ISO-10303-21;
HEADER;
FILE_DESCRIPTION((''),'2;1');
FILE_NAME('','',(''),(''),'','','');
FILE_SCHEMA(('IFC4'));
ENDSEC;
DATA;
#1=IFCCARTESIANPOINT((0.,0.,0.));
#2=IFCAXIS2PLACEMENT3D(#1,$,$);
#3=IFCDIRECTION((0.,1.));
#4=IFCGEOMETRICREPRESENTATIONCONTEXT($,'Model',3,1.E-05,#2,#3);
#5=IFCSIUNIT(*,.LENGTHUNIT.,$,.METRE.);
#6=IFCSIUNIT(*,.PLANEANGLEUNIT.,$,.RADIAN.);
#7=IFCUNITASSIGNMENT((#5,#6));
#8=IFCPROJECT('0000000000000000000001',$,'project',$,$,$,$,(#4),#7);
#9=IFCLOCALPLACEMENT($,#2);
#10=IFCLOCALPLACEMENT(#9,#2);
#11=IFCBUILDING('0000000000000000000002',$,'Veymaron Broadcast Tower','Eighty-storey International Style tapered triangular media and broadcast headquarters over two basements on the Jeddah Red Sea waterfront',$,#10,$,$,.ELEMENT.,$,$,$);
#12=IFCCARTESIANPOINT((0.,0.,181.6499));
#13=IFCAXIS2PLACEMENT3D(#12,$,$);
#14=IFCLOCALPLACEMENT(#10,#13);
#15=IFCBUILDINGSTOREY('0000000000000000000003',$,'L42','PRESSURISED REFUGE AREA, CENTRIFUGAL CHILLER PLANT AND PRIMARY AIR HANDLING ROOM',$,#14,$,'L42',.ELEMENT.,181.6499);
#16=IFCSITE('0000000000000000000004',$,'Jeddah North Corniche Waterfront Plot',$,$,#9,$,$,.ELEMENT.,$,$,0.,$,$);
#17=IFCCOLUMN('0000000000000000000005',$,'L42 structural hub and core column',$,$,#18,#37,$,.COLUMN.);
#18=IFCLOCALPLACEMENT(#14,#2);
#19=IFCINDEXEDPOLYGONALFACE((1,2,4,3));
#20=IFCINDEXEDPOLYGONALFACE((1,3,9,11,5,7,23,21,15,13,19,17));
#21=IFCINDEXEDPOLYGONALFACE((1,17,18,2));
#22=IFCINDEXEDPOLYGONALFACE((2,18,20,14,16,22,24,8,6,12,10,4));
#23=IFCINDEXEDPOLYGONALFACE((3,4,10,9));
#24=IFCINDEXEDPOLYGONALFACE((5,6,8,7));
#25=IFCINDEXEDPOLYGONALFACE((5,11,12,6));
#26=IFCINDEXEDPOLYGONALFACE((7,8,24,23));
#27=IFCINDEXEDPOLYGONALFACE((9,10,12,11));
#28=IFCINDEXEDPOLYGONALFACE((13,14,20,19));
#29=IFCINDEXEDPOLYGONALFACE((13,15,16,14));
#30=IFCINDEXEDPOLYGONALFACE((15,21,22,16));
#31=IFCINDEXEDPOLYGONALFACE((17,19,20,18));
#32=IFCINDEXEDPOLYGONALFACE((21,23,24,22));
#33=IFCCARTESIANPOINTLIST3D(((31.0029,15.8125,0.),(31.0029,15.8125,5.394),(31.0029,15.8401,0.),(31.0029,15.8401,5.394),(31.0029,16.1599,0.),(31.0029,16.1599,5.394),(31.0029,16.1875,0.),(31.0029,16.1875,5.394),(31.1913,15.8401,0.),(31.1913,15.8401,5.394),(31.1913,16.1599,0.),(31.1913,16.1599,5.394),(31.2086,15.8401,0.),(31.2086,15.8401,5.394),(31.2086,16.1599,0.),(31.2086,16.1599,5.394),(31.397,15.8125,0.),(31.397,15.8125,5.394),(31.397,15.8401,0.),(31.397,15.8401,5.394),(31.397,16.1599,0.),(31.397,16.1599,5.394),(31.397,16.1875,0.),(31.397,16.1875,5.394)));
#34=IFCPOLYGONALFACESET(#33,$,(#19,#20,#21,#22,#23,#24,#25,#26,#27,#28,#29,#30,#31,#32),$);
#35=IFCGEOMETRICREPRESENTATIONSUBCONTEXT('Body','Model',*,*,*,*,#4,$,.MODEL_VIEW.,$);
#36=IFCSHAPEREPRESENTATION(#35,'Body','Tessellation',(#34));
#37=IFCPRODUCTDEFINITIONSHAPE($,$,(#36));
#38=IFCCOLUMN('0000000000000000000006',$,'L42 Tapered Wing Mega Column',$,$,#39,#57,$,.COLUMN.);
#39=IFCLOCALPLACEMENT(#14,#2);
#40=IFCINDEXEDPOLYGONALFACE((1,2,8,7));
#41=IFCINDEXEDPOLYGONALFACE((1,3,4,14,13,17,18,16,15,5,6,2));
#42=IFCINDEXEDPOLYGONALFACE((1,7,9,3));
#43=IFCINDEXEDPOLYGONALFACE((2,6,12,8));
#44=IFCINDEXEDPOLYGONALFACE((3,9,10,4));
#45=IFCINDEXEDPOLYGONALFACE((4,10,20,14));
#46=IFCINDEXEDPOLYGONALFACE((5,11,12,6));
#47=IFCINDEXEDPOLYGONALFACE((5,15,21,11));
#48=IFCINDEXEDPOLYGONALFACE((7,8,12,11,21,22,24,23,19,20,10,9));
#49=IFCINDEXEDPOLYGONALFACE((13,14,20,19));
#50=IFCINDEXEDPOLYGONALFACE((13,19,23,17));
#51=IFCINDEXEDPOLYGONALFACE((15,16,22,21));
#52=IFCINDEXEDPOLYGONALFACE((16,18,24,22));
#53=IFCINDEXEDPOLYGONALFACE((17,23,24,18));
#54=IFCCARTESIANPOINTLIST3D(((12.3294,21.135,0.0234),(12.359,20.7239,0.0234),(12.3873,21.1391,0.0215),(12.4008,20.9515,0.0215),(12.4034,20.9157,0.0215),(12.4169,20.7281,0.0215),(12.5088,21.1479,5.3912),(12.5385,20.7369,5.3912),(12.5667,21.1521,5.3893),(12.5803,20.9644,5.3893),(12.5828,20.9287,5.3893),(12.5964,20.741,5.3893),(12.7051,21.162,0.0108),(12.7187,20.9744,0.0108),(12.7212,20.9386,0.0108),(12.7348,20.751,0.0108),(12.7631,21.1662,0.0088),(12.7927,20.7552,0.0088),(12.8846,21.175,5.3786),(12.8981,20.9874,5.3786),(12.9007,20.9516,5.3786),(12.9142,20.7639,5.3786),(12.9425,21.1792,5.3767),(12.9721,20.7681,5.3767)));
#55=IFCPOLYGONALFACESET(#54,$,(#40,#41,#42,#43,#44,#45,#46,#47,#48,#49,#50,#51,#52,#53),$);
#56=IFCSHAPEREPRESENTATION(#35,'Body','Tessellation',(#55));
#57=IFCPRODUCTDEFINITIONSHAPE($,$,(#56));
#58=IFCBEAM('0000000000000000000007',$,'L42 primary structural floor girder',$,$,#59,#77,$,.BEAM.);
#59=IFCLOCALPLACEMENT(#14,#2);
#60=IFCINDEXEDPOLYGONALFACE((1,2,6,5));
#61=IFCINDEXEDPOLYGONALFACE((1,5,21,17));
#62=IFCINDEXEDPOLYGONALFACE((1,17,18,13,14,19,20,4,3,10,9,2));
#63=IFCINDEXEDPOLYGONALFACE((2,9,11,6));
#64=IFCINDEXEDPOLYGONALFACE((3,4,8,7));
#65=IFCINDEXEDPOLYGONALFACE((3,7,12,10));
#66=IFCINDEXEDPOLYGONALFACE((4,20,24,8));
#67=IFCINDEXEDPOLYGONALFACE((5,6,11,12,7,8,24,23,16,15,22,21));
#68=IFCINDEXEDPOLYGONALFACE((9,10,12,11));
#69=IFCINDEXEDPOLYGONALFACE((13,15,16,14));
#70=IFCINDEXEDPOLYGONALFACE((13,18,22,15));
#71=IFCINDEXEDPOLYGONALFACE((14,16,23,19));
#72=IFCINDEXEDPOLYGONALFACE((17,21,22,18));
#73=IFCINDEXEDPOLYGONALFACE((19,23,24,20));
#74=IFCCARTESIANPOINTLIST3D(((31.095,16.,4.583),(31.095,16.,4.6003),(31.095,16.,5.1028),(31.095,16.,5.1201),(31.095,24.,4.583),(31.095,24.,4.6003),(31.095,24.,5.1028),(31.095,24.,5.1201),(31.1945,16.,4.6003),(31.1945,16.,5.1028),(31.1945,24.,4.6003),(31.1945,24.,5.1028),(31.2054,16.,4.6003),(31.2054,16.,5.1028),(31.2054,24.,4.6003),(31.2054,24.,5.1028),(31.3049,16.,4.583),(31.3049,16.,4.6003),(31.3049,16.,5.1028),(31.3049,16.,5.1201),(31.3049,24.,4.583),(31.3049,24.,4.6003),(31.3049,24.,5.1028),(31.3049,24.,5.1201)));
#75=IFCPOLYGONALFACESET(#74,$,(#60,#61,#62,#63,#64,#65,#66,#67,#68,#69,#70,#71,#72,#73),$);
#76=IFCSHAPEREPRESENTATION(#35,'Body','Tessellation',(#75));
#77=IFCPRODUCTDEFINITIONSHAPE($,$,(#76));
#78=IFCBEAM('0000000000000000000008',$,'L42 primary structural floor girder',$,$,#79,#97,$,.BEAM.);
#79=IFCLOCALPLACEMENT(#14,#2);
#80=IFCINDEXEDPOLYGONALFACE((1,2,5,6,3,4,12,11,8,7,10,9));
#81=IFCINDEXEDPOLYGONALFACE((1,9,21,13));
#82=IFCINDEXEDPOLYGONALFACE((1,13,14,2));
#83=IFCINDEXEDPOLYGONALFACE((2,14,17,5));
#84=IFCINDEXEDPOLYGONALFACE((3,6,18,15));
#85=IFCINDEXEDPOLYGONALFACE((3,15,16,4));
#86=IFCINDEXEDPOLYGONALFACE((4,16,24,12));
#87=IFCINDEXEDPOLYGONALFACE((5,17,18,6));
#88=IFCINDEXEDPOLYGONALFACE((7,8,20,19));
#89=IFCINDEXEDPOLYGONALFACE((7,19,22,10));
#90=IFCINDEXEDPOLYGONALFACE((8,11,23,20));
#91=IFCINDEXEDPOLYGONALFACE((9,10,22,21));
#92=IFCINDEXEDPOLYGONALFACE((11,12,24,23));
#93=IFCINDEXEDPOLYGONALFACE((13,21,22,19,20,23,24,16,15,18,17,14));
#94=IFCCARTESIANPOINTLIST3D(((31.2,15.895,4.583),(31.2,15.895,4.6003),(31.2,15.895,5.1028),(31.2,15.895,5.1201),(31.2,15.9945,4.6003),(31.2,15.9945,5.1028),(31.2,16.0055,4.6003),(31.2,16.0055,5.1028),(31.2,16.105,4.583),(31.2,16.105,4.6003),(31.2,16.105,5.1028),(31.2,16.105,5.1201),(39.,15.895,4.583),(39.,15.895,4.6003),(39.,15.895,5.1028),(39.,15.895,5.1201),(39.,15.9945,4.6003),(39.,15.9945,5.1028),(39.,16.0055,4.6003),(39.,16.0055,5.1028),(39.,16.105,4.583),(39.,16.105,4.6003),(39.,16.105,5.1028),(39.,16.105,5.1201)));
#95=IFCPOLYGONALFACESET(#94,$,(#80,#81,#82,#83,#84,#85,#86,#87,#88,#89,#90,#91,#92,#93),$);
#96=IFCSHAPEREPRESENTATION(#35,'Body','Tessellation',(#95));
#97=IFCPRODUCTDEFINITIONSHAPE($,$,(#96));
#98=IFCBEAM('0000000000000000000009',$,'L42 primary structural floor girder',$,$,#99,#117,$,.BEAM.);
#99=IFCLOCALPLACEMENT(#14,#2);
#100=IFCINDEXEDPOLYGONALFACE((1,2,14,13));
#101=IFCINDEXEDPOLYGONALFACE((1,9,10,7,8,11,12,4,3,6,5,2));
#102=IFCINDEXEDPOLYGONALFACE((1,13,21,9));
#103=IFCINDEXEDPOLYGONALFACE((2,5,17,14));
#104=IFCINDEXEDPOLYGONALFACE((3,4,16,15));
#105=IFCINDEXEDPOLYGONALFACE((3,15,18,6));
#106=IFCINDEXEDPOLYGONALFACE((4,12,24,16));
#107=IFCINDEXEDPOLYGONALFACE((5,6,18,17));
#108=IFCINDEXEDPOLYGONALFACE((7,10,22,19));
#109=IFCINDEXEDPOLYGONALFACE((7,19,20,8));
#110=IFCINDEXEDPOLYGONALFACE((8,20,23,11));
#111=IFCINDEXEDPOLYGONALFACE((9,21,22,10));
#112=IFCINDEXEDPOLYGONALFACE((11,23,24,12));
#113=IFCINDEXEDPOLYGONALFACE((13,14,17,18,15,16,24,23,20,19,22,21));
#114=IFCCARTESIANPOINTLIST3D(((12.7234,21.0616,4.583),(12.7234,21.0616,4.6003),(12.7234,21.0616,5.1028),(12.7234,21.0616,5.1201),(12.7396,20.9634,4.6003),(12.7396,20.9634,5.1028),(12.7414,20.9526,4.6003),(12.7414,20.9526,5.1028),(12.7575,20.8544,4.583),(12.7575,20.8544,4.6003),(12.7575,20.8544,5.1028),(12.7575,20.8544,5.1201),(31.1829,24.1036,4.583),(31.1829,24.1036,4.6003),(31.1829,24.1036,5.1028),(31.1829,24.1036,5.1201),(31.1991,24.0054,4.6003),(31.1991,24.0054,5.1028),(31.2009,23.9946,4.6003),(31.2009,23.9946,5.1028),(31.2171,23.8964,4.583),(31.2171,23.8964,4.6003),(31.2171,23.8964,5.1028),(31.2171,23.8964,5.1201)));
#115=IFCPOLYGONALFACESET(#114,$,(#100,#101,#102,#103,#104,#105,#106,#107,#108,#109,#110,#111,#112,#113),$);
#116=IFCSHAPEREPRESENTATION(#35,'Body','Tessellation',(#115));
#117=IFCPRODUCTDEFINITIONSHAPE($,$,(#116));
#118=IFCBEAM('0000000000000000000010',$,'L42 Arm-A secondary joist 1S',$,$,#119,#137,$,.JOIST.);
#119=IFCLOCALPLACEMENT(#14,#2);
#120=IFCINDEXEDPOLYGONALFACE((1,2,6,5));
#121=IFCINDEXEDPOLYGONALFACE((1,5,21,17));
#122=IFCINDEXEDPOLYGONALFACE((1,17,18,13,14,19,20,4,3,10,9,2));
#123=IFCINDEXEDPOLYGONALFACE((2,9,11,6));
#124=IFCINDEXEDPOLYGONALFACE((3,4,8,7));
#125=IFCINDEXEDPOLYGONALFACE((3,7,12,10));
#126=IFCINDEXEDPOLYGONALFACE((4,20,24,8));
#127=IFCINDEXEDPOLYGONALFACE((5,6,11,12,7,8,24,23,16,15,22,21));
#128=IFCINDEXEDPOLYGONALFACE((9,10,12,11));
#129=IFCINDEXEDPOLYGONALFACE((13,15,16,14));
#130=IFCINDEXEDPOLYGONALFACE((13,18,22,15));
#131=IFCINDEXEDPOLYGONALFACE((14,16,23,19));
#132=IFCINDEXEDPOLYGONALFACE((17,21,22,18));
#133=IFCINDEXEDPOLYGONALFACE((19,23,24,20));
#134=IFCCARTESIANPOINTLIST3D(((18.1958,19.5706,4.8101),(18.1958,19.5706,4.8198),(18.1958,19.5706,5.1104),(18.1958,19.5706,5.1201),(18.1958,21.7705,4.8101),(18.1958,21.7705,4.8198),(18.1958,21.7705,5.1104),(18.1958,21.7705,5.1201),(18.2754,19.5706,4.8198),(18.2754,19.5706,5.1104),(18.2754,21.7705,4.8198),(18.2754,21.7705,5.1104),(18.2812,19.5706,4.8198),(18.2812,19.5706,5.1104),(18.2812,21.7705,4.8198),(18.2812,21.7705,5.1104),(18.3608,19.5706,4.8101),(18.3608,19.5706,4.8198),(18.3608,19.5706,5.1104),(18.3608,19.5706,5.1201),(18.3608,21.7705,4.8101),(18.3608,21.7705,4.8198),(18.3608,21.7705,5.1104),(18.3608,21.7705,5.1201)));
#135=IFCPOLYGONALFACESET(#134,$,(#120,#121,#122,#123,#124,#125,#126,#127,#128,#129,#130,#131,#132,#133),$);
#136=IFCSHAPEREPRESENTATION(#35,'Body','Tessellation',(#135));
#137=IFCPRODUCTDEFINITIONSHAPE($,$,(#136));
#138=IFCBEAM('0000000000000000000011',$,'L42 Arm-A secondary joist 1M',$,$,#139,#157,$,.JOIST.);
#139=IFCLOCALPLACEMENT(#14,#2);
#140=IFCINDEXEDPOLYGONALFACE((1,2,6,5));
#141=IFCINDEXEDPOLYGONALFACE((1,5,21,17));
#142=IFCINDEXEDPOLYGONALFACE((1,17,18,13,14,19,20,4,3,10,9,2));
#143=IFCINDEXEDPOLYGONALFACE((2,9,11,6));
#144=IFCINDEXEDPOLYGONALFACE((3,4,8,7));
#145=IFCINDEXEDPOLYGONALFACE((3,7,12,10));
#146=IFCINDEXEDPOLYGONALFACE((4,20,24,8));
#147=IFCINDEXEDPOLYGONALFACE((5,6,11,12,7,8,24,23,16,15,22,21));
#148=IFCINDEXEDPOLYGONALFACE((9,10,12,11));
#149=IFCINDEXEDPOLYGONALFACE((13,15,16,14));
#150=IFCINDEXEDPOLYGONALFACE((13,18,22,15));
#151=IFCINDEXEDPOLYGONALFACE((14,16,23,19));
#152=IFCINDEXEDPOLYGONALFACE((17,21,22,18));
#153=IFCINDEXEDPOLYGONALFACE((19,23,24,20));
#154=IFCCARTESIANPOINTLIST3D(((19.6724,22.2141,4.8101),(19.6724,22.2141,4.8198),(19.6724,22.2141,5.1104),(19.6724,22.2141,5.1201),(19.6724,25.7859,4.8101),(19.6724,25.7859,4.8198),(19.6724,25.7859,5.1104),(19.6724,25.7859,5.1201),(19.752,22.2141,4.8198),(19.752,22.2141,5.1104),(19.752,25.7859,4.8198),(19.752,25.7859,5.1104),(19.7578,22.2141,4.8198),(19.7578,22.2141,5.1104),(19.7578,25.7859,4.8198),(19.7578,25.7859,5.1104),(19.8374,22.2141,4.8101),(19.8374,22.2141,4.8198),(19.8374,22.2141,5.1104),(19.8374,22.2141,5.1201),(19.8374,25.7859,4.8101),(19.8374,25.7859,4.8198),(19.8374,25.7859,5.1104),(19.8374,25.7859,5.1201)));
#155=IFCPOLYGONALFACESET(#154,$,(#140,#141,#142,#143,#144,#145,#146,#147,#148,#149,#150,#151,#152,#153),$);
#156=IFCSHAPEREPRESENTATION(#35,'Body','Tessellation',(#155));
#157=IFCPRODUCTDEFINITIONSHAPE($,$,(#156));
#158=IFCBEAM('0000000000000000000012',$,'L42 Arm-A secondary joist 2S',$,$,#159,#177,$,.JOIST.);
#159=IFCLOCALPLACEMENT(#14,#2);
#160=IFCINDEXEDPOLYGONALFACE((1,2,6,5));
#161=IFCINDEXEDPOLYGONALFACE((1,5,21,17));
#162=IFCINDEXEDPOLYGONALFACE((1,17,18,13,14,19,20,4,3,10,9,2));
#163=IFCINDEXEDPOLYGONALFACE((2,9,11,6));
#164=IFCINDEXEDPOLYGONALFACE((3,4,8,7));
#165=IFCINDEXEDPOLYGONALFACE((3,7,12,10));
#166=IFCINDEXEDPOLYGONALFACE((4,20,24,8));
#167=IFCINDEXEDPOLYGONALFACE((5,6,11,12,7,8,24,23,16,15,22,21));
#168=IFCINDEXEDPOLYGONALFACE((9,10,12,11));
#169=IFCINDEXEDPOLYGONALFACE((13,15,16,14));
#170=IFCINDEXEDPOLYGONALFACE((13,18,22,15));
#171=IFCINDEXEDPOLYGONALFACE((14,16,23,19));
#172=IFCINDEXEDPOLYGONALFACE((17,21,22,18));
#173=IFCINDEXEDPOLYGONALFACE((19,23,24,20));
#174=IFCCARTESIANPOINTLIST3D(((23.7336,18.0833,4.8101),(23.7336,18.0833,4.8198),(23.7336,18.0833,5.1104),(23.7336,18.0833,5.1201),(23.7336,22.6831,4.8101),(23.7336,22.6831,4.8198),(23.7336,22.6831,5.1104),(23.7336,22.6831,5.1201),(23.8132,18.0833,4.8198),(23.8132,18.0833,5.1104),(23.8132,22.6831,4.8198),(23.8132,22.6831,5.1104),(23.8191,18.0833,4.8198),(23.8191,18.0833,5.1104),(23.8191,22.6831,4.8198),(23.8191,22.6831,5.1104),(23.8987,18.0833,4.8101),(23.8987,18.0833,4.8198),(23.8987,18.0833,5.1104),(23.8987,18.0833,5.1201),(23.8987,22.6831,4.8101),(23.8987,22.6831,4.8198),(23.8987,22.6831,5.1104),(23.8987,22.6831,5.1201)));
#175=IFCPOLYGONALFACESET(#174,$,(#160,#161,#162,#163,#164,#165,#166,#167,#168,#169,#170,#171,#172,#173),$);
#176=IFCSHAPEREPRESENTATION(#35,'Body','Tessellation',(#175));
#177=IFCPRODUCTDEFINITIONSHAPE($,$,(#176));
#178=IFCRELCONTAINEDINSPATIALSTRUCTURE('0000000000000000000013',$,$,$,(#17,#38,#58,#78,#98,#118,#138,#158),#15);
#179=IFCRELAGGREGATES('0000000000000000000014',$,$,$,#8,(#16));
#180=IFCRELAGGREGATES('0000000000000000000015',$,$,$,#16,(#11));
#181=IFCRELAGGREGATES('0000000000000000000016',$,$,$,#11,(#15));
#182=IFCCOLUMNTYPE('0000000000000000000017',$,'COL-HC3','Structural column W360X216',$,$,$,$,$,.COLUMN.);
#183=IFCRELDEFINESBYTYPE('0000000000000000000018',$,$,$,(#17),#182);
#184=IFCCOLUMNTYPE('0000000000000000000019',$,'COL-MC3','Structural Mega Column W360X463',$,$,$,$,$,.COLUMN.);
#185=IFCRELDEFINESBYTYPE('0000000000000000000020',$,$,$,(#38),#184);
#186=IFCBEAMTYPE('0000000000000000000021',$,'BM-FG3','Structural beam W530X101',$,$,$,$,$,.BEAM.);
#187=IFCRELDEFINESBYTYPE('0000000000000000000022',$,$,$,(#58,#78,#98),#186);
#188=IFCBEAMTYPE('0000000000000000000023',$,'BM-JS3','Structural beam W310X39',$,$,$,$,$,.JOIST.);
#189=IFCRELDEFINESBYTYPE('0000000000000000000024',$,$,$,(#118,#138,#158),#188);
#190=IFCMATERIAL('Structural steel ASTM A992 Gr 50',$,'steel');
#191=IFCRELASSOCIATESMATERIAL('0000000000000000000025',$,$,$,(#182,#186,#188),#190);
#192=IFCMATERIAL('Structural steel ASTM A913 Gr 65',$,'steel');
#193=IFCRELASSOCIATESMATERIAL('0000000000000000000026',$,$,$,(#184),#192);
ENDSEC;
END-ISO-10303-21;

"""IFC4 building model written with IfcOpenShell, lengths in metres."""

from ifc_helpers import new_model, si_unit, direction, frame, origin, origin_2d, place, context, subcontext, project, spatial, i_section, extrude, material, material_profile, profile_set, type_object, element, save


model = new_model("IFC4")

# Units and contexts
model_context = context("Model", 3, precision=1e-05, world=origin(), true_north=direction((0.0, 1.0)))
body_context = subcontext(model_context, "Body", "Model", "MODEL_VIEW")
ifc_project = project(units=[si_unit("LENGTHUNIT", "METRE"), si_unit("PLANEANGLEUNIT", "RADIAN")], contexts=[model_context])

# Site, building, storey
site_placement = place(None, origin())
site = spatial("IfcSite", under=ifc_project, at=site_placement, Name="Jeddah North Corniche Waterfront Plot", CompositionType="ELEMENT", RefElevation=0.0)
building_placement = place(site_placement, origin())
building = spatial("IfcBuilding", under=site, at=building_placement, Name="Veymaron Broadcast Tower", Description="Eighty-storey International Style tapered triangular media and broadcast headquarters over two basements on the Jeddah Red Sea waterfront", CompositionType="ELEMENT")
storey_placement = place(building_placement, frame((0.0, 0.0, 181.6499)))
storey = spatial("IfcBuildingStorey", under=building, at=storey_placement, Name="L42", Description="PRESSURISED REFUGE AREA, CENTRIFUGAL CHILLER PLANT AND PRIMARY AIR HANDLING ROOM", LongName="L42", CompositionType="ELEMENT", Elevation=181.6499)

# Columns
ifc_material_1 = material(Name="Structural steel ASTM A992 Gr 50", Category="steel")
ifc_material_profile_1 = material_profile(ifc_material_1, i_section(OverallWidth=0.394, OverallDepth=0.375, WebThickness=0.0173, FlangeThickness=0.0276, at=origin_2d()), Name="W360X216")
ifc_profile_set_1 = profile_set([ifc_material_profile_1], Name="Structural steel ASTM A992 Gr 50")
column_type_1 = type_object("IfcColumnType", Name="COL-HC3", Description="Structural column W360X216", PredefinedType="COLUMN", material=ifc_profile_set_1)
column_1_placement = place(storey_placement, frame((31.2, 16.0, 0.0), z_axis=(0.0, 0.0, 1.0), x_axis=(1.0, 0.0, 0.0)))
element("IfcColumn", 1, at=column_1_placement, inside=storey, type_object=column_type_1, Name="L42 structural hub and core column", PredefinedType="COLUMN", context=body_context, shape_type="SweptSolid", body=[
    extrude(i_section(OverallWidth=0.394, OverallDepth=0.375, WebThickness=0.0173, FlangeThickness=0.0276, at=origin_2d()), origin(), (0.0, 0.0, 1.0), 5.394),
])
ifc_material_2 = material(Name="Structural steel ASTM A913 Gr 65", Category="steel")
ifc_material_profile_2 = material_profile(ifc_material_2, i_section(OverallWidth=0.4121, OverallDepth=0.4351, WebThickness=0.0359, FlangeThickness=0.0581, at=origin_2d()), Name="W360X463")
ifc_profile_set_2 = profile_set([ifc_material_profile_2], Name="Structural steel ASTM A913 Gr 65")
column_type_2 = type_object("IfcColumnType", Name="COL-MC3", Description="Structural Mega Column W360X463", PredefinedType="COLUMN", material=ifc_profile_set_2)
column_2_placement = place(storey_placement, frame((12.561, 20.9451, 0.0161), z_axis=(0.03341, 0.002409, 0.999439), x_axis=(-0.071922, 0.99741, 0.0)))
element("IfcColumn", 2, at=column_2_placement, inside=storey, type_object=column_type_2, Name="L42 Tapered Wing Mega Column", PredefinedType="COLUMN", context=body_context, shape_type="SweptSolid", body=[
    extrude(i_section(OverallWidth=0.4121, OverallDepth=0.4351, WebThickness=0.0359, FlangeThickness=0.0581, at=origin_2d()), origin(), (0.0, 0.0, 1.0), 5.3708),
])

# Beams
ifc_material_profile_3 = material_profile(ifc_material_1, i_section(OverallWidth=0.21, OverallDepth=0.5371, WebThickness=0.011, FlangeThickness=0.0173, at=origin_2d()), Name="W530X101")
ifc_profile_set_3 = profile_set([ifc_material_profile_3], Name="Structural steel ASTM A992 Gr 50")
beam_type_1 = type_object("IfcBeamType", Name="BM-FG3", Description="Structural beam W530X101", PredefinedType="BEAM", material=ifc_profile_set_3)
beam_1_placement = place(storey_placement, frame((31.2, 16.0, 4.8516), z_axis=(0.0, 1.0, 0.0), x_axis=(-1.0, 0.0, 0.0)))
element("IfcBeam", 3, at=beam_1_placement, inside=storey, type_object=beam_type_1, Name="L42 primary structural floor girder", PredefinedType="BEAM", context=body_context, shape_type="SweptSolid", body=[
    extrude(i_section(OverallWidth=0.21, OverallDepth=0.5371, WebThickness=0.011, FlangeThickness=0.0173, at=origin_2d()), origin(), (0.0, 0.0, 1.0), 8.0),
])
beam_2_placement = place(storey_placement, frame((31.2, 16.0, 4.8516), z_axis=(1.0, 0.0, 0.0), x_axis=(0.0, 1.0, 0.0)))
element("IfcBeam", 4, at=beam_2_placement, inside=storey, type_object=beam_type_1, Name="L42 primary structural floor girder", PredefinedType="BEAM", context=body_context, shape_type="SweptSolid", body=[
    extrude(i_section(OverallWidth=0.21, OverallDepth=0.5371, WebThickness=0.011, FlangeThickness=0.0173, at=origin_2d()), origin(), (0.0, 0.0, 1.0), 7.8),
])
beam_3_placement = place(storey_placement, frame((12.7405, 20.958, 4.8516), z_axis=(0.986692, 0.1626, 0.0), x_axis=(-0.1626, 0.986692, 0.0)))
element("IfcBeam", 5, at=beam_3_placement, inside=storey, type_object=beam_type_1, Name="L42 primary structural floor girder", PredefinedType="BEAM", context=body_context, shape_type="SweptSolid", body=[
    extrude(i_section(OverallWidth=0.21, OverallDepth=0.5371, WebThickness=0.011, FlangeThickness=0.0173, at=origin_2d()), origin(), (0.0, 0.0, 1.0), 18.7085),
])
ifc_material_profile_4 = material_profile(ifc_material_1, i_section(OverallWidth=0.165, OverallDepth=0.3101, WebThickness=0.0059, FlangeThickness=0.0098, at=origin_2d()), Name="W310X39")
ifc_profile_set_4 = profile_set([ifc_material_profile_4], Name="Structural steel ASTM A992 Gr 50")
beam_type_2 = type_object("IfcBeamType", Name="BM-JS3", Description="Structural beam W310X39", PredefinedType="JOIST", material=ifc_profile_set_4)
beam_4_placement = place(storey_placement, frame((18.2783, 19.5706, 4.9651), z_axis=(0.0, 1.0, 0.0), x_axis=(-1.0, 0.0, 0.0)))
element("IfcBeam", 6, at=beam_4_placement, inside=storey, type_object=beam_type_2, Name="L42 Arm-A secondary joist 1S", PredefinedType="JOIST", context=body_context, shape_type="SweptSolid", body=[
    extrude(i_section(OverallWidth=0.165, OverallDepth=0.3101, WebThickness=0.0059, FlangeThickness=0.0098, at=origin_2d()), origin(), (0.0, 0.0, 1.0), 2.2),
])
beam_5_placement = place(storey_placement, frame((19.7549, 22.2141, 4.9651), z_axis=(0.0, 1.0, 0.0), x_axis=(-1.0, 0.0, 0.0)))
element("IfcBeam", 7, at=beam_5_placement, inside=storey, type_object=beam_type_2, Name="L42 Arm-A secondary joist 1M", PredefinedType="JOIST", context=body_context, shape_type="SweptSolid", body=[
    extrude(i_section(OverallWidth=0.165, OverallDepth=0.3101, WebThickness=0.0059, FlangeThickness=0.0098, at=origin_2d()), origin(), (0.0, 0.0, 1.0), 3.5718),
])
beam_6_placement = place(storey_placement, frame((23.8162, 18.0833, 4.9651), z_axis=(0.0, 1.0, 0.0), x_axis=(-1.0, 0.0, 0.0)))
element("IfcBeam", 8, at=beam_6_placement, inside=storey, type_object=beam_type_2, Name="L42 Arm-A secondary joist 2S", PredefinedType="JOIST", context=body_context, shape_type="SweptSolid", body=[
    extrude(i_section(OverallWidth=0.165, OverallDepth=0.3101, WebThickness=0.0059, FlangeThickness=0.0098, at=origin_2d()), origin(), (0.0, 0.0, 1.0), 4.5999),
])

save(model, "model.ifc")
